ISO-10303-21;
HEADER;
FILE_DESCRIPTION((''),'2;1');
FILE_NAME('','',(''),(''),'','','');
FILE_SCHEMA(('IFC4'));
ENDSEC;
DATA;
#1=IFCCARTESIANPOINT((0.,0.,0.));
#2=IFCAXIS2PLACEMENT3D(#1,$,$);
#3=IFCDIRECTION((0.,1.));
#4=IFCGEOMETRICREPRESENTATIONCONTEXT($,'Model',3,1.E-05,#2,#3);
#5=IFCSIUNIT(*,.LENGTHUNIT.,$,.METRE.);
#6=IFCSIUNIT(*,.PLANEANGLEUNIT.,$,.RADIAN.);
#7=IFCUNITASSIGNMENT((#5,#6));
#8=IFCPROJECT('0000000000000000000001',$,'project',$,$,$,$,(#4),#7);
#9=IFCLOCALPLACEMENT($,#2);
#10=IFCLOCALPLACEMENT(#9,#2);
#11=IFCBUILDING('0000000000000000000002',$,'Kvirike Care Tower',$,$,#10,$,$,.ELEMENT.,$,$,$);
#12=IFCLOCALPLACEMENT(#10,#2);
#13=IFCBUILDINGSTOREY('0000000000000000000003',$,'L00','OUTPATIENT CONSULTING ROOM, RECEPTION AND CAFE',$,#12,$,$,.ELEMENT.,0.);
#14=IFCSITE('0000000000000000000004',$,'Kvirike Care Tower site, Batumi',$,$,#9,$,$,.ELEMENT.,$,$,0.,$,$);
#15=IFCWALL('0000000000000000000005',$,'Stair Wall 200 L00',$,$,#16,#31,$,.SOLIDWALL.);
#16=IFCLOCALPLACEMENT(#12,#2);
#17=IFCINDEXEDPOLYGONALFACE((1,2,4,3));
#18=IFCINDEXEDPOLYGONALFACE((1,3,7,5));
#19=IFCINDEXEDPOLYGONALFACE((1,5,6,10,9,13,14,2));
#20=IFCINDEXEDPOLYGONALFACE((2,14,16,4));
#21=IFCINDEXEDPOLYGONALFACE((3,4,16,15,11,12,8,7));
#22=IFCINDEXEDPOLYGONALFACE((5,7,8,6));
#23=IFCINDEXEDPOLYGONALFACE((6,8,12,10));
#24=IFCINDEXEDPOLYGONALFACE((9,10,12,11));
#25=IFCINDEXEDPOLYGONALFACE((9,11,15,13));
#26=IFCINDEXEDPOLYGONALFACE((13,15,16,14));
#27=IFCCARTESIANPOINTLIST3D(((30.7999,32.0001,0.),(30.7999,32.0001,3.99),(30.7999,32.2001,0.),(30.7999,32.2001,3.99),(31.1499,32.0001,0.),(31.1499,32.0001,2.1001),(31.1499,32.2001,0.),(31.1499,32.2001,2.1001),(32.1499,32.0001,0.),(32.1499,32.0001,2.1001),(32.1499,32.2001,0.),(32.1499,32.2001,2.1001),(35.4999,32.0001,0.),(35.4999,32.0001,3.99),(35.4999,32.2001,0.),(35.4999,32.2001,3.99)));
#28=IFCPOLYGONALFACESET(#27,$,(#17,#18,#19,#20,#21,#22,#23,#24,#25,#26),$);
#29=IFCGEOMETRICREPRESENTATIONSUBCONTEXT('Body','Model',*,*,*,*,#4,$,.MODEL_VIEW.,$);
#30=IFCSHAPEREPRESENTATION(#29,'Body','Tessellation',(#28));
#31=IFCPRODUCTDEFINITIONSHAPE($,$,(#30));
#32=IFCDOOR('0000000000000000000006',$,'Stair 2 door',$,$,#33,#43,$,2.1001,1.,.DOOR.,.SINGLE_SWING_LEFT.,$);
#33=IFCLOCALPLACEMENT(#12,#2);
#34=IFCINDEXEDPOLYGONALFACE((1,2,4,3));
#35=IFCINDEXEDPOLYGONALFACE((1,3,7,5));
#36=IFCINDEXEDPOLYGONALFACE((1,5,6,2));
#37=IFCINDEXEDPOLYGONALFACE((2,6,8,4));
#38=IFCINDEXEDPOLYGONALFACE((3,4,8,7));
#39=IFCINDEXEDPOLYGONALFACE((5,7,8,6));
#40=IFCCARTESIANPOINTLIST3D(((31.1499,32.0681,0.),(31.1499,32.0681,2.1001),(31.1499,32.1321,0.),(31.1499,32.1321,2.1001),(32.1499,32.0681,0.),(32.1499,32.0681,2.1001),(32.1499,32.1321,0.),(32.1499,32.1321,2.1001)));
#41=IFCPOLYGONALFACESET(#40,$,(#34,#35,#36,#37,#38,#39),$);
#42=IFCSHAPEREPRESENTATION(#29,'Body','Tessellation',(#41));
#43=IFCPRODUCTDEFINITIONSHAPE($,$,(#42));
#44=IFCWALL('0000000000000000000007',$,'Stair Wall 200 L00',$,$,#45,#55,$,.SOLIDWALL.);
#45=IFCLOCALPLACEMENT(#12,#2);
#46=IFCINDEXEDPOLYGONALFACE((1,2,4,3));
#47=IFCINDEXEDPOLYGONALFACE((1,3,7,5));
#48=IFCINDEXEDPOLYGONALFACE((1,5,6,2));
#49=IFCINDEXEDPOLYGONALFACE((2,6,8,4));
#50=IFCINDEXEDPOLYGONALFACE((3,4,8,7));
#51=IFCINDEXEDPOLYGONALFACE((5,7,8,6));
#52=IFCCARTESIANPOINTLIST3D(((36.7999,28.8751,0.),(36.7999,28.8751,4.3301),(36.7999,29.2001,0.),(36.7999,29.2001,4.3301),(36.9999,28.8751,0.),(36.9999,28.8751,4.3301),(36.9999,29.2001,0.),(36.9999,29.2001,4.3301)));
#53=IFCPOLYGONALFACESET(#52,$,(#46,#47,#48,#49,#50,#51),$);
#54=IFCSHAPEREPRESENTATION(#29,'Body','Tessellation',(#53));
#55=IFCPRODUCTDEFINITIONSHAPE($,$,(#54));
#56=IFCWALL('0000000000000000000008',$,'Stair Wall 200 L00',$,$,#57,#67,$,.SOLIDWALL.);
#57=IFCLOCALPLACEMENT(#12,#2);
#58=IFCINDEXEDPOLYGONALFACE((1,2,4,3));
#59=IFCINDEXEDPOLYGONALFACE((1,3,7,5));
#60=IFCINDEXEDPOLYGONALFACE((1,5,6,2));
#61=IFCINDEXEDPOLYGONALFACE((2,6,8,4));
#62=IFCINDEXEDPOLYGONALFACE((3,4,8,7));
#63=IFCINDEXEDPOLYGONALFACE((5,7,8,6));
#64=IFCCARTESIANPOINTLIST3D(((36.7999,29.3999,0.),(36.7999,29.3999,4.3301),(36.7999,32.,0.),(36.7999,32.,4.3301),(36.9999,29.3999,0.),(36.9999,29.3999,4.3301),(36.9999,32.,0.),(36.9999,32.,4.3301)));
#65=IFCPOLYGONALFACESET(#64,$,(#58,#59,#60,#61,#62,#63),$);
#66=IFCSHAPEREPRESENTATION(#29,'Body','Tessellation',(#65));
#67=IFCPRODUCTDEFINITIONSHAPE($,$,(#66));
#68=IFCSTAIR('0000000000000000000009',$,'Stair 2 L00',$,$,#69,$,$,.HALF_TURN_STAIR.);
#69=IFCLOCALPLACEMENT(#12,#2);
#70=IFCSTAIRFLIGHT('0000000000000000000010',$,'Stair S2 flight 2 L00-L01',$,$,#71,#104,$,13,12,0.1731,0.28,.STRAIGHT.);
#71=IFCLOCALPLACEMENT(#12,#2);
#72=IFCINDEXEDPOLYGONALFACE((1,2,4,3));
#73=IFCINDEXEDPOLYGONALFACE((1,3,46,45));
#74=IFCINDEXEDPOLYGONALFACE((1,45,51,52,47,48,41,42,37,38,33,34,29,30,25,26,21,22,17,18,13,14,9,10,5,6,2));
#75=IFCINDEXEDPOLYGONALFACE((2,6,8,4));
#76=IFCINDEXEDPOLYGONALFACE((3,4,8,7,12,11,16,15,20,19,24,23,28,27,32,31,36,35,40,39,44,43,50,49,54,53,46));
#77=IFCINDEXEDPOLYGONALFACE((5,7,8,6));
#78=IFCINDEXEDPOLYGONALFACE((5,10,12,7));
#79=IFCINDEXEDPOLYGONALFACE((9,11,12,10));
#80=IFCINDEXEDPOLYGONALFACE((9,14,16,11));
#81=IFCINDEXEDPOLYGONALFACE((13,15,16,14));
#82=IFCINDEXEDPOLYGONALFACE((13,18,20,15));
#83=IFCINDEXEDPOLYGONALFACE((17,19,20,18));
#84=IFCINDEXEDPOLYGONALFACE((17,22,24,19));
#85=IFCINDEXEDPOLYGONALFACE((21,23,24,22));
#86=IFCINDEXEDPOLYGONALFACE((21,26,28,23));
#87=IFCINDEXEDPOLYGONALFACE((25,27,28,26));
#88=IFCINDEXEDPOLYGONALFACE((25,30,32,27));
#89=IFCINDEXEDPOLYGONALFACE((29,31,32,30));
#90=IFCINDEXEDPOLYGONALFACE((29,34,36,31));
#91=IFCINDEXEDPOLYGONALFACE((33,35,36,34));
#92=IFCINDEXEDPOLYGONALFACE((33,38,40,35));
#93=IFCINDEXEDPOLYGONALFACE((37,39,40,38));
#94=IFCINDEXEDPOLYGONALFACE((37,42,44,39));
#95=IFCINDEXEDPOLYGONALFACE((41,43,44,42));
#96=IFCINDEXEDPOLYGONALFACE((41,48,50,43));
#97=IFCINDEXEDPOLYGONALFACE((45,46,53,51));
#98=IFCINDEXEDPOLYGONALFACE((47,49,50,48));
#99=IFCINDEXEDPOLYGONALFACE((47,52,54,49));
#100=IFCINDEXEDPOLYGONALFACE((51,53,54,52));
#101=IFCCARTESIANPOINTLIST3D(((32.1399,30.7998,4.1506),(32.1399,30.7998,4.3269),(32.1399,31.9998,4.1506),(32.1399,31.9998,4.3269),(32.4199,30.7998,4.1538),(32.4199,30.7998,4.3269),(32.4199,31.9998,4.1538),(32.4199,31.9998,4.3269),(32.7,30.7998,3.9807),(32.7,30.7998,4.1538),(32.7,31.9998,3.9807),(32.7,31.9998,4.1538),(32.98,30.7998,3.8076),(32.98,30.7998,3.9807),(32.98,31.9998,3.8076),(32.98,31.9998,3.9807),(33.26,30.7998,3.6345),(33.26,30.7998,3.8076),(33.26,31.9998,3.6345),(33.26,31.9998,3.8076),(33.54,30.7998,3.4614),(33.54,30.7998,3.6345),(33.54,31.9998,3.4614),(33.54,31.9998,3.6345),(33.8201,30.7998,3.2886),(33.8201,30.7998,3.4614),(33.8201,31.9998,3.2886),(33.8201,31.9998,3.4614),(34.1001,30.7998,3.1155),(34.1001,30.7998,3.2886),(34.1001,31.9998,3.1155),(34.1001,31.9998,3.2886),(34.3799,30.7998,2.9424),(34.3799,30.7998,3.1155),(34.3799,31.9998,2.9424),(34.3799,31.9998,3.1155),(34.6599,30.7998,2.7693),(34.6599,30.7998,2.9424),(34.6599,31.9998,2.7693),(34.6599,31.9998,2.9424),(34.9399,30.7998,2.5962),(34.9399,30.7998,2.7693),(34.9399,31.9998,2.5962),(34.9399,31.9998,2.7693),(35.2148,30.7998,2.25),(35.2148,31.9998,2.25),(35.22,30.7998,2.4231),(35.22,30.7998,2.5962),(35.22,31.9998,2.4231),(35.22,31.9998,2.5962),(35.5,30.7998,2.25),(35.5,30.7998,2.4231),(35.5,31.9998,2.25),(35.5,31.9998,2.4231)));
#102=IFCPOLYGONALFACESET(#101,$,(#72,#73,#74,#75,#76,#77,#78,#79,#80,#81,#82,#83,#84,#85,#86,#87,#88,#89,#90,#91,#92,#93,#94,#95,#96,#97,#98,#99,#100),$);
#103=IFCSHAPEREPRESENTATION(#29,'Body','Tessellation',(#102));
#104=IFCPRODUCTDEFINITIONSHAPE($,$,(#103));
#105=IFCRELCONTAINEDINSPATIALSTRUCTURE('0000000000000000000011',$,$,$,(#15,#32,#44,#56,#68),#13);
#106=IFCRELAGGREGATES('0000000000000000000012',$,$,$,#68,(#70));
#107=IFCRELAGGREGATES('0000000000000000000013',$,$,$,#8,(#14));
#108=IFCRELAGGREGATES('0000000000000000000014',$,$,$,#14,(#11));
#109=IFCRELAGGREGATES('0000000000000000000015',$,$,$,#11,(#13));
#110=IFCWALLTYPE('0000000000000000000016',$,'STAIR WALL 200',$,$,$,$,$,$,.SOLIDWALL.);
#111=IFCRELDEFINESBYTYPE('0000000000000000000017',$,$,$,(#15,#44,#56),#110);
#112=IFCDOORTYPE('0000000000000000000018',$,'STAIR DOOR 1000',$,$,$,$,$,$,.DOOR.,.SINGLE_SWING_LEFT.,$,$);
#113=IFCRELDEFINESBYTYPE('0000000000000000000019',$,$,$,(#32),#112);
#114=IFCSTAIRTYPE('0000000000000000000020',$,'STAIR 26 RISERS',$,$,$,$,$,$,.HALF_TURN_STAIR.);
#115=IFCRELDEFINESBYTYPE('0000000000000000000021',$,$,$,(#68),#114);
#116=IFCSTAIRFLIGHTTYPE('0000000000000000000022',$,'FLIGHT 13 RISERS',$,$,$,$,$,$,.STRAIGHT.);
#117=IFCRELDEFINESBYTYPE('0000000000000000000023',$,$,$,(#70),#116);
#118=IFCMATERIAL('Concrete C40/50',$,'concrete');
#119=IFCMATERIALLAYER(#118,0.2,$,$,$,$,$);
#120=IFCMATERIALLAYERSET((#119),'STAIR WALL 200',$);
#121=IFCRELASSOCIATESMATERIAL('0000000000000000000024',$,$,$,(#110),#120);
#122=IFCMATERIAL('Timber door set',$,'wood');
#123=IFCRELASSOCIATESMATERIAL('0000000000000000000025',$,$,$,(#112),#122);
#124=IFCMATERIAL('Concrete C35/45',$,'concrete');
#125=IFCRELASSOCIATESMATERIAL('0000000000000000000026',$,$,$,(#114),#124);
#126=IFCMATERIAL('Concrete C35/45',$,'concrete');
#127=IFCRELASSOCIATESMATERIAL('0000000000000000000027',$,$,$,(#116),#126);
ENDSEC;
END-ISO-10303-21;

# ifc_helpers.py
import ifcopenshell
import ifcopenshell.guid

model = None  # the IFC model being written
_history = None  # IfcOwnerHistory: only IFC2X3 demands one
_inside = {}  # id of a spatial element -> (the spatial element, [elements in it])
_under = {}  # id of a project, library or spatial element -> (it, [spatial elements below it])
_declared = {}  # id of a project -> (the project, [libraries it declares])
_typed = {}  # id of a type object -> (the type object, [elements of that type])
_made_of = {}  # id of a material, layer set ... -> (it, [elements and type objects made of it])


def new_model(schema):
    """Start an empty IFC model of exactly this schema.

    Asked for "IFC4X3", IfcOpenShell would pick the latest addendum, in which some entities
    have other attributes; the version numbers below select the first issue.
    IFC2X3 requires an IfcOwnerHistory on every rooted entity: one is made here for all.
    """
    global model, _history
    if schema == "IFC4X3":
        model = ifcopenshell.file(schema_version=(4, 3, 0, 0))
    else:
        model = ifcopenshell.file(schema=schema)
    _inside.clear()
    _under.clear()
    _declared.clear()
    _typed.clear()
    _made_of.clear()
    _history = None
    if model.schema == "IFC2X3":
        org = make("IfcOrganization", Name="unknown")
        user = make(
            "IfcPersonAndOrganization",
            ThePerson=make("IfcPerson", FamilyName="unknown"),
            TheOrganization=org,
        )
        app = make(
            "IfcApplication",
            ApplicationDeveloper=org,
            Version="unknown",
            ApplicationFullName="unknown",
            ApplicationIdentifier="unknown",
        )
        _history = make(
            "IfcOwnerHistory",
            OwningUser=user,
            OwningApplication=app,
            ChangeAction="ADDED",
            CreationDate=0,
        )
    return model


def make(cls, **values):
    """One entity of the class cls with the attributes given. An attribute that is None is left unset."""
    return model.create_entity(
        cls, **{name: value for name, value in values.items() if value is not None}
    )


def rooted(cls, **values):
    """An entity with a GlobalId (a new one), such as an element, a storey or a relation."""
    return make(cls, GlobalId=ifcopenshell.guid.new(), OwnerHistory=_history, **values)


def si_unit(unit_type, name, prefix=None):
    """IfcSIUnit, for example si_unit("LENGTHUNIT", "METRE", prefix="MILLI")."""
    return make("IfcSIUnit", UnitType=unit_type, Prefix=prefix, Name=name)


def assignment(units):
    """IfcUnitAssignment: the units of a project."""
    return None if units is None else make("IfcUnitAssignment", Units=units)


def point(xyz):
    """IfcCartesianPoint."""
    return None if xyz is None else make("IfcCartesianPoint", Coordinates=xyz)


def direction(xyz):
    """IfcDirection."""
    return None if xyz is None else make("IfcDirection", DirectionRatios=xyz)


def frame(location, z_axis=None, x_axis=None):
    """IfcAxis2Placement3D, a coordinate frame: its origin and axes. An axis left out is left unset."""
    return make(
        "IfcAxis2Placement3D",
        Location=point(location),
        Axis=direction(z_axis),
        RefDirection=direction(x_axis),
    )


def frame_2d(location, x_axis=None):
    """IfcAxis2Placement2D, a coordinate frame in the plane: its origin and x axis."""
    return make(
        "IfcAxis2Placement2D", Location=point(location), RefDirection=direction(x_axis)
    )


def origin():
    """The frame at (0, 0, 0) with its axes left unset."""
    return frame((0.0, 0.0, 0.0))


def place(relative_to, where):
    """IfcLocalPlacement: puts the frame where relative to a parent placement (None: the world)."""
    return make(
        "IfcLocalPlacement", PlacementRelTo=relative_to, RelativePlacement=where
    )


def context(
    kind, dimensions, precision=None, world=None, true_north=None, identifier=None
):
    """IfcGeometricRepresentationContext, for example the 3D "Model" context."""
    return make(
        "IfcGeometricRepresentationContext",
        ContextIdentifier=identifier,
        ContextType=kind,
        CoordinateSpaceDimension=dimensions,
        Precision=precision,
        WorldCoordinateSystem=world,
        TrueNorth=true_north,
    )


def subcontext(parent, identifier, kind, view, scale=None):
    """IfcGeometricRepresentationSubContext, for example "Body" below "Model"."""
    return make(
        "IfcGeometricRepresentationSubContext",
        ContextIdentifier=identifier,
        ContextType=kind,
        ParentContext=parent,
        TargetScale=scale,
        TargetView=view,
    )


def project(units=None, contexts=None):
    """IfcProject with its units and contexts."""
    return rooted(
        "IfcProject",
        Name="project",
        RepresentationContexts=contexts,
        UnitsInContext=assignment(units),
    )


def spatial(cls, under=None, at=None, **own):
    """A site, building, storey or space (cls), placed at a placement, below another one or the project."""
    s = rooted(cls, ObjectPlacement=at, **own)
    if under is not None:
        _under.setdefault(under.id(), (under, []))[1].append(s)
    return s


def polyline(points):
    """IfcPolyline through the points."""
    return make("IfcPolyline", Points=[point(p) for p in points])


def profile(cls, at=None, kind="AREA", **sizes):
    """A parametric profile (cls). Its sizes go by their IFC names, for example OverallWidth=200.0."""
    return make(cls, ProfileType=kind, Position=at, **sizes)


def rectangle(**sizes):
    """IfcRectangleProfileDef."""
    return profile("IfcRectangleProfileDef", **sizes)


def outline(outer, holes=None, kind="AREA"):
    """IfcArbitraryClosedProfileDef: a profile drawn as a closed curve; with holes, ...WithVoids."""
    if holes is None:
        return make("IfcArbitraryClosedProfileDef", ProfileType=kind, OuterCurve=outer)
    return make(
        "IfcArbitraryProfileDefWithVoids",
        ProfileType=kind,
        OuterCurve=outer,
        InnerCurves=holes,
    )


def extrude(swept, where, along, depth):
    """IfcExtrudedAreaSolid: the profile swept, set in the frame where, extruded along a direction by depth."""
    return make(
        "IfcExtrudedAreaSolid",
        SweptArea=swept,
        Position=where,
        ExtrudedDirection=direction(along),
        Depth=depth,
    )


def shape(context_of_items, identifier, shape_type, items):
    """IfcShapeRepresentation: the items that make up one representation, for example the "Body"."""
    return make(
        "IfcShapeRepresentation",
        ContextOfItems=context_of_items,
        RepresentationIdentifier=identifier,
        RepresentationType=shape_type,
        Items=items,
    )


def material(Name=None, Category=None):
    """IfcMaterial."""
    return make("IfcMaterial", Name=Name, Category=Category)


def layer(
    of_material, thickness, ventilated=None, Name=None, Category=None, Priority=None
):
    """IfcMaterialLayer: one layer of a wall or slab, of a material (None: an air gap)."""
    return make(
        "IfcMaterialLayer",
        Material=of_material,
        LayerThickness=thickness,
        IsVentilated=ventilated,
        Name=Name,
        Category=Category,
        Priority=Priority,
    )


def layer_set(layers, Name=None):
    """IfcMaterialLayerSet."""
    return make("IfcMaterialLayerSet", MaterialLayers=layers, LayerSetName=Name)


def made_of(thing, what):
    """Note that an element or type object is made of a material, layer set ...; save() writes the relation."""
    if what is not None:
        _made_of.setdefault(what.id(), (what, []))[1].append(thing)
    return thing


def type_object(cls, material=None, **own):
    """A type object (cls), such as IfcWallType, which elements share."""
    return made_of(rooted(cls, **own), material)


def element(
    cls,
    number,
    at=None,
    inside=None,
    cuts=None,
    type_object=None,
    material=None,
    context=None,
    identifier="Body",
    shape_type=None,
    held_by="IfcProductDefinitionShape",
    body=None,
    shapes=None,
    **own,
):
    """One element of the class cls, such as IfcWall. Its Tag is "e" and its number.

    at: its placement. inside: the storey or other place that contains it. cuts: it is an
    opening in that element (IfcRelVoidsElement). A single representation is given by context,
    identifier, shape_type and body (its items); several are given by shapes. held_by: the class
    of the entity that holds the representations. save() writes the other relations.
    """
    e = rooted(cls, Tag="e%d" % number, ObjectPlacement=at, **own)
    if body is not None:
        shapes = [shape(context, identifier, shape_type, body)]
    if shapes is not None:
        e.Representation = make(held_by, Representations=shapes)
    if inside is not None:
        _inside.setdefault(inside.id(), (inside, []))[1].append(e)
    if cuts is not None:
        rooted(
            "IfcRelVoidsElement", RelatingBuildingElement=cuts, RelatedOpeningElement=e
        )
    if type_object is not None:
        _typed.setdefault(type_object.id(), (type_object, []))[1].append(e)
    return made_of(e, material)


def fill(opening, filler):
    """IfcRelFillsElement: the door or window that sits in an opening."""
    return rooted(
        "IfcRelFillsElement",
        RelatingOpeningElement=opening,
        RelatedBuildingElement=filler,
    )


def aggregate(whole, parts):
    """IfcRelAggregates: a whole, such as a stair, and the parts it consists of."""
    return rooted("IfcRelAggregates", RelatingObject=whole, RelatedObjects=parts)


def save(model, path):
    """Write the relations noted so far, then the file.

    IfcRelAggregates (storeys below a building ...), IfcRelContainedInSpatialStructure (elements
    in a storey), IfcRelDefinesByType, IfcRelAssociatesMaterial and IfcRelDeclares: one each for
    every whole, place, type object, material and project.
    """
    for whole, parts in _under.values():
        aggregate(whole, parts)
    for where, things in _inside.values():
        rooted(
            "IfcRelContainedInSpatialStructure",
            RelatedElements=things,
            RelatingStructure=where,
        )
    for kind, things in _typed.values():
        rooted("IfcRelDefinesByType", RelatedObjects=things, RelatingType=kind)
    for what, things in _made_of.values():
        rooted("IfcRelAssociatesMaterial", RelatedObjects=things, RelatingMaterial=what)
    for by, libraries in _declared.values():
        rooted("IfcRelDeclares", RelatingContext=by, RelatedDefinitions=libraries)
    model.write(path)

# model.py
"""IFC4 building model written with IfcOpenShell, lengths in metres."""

from ifc_helpers import new_model, si_unit, direction, frame, frame_2d, origin, place, context, subcontext, project, spatial, polyline, rectangle, outline, extrude, material, layer, layer_set, type_object, element, fill, aggregate, save


model = new_model("IFC4")

# Units and contexts
model_context = context("Model", 3, precision=1e-05, world=origin(), true_north=direction((0.0, 1.0)))
body_context = subcontext(model_context, "Body", "Model", "MODEL_VIEW")
ifc_project = project(units=[si_unit("LENGTHUNIT", "METRE"), si_unit("PLANEANGLEUNIT", "RADIAN")], contexts=[model_context])

# Site, building, storey
site_placement = place(None, origin())
site = spatial("IfcSite", under=ifc_project, at=site_placement, Name="Kvirike Care Tower site, Batumi", CompositionType="ELEMENT", RefElevation=0.0)
building_placement = place(site_placement, origin())
building = spatial("IfcBuilding", under=site, at=building_placement, Name="Kvirike Care Tower", CompositionType="ELEMENT")
storey_placement = place(building_placement, origin())
storey = spatial("IfcBuildingStorey", under=building, at=storey_placement, Name="L00", Description="OUTPATIENT CONSULTING ROOM, RECEPTION AND CAFE", CompositionType="ELEMENT", Elevation=0.0)

# Shared definitions
ifc_material_1 = material(Name="Concrete C40/50", Category="concrete")
ifc_layer_1 = layer(ifc_material_1, 0.2)
ifc_layer_set_1 = layer_set([ifc_layer_1], Name="STAIR WALL 200")
wall_type_1 = type_object("IfcWallType", Name="STAIR WALL 200", PredefinedType="SOLIDWALL", material=ifc_layer_set_1)

# Wall, opening, door
wall_1_placement = place(storey_placement, frame((35.5, 32.1001, 0.0), z_axis=(0.0, 0.0, 1.0), x_axis=(-1.0, 0.0, 0.0)))
wall_1 = element("IfcWall", 1, at=wall_1_placement, inside=storey, type_object=wall_type_1, Name="Stair Wall 200 L00", PredefinedType="SOLIDWALL", context=body_context, shape_type="SweptSolid", body=[
    extrude(rectangle(XDim=4.7, YDim=0.2, at=frame_2d((2.3501, 0.0))), origin(), (0.0, 0.0, 1.0), 3.99),
])
opening_placement = place(wall_1_placement, frame((3.3501, 0.0, 0.0)))
opening = element("IfcOpeningElement", 2, at=opening_placement, cuts=wall_1, PredefinedType="OPENING", context=body_context, shape_type="SweptSolid", body=[
    extrude(rectangle(XDim=1.0, YDim=2.1001, at=frame_2d((0.5, 1.05))), frame((0.0, 0.1106, 0.0), z_axis=(0.0, -1.0, 0.0), x_axis=(1.0, 0.0, 0.0)), (0.0, 0.0, 1.0), 0.2209),
])
ifc_material_2 = material(Name="Timber door set", Category="wood")
door_type = type_object("IfcDoorType", Name="STAIR DOOR 1000", OperationType="SINGLE_SWING_LEFT", PredefinedType="DOOR", material=ifc_material_2)
door_placement = place(opening_placement, origin())
door = element("IfcDoor", 3, at=door_placement, inside=storey, type_object=door_type, Name="Stair 2 door", OperationType="SINGLE_SWING_LEFT", OverallHeight=2.1001, OverallWidth=1.0, PredefinedType="DOOR", context=body_context, shape_type="SweptSolid", body=[
    extrude(rectangle(XDim=1.0, YDim=2.1001, at=frame_2d((0.5, 1.05))), frame((0.0, 0.032, 0.0), z_axis=(0.0, -1.0, 0.0), x_axis=(1.0, 0.0, 0.0)), (0.0, 0.0, 1.0), 0.064),
])
fill(opening, door)

# Walls
wall_2_placement = place(storey_placement, frame((36.8999, 28.875, 0.0), z_axis=(0.0, 0.0, 1.0), x_axis=(0.0, 1.0, 0.0)))
element("IfcWall", 4, at=wall_2_placement, inside=storey, type_object=wall_type_1, Name="Stair Wall 200 L00", PredefinedType="SOLIDWALL", context=body_context, shape_type="SweptSolid", body=[
    extrude(rectangle(XDim=0.325, YDim=0.2, at=frame_2d((0.1626, 0.0))), origin(), (0.0, 0.0, 1.0), 4.3301),
])
wall_3_placement = place(storey_placement, frame((36.8999, 29.3999, 0.0), z_axis=(0.0, 0.0, 1.0), x_axis=(0.0, 1.0, 0.0)))
element("IfcWall", 5, at=wall_3_placement, inside=storey, type_object=wall_type_1, Name="Stair Wall 200 L00", PredefinedType="SOLIDWALL", context=body_context, shape_type="SweptSolid", body=[
    extrude(rectangle(XDim=2.6001, YDim=0.2, at=frame_2d((1.3, 0.0))), origin(), (0.0, 0.0, 1.0), 4.3301),
])

# Stair, stair flight
ifc_material_3 = material(Name="Concrete C35/45", Category="concrete")
stair_type = type_object("IfcStairType", Name="STAIR 26 RISERS", PredefinedType="HALF_TURN_STAIR", material=ifc_material_3)
stair_placement = place(storey_placement, origin())
stair = element("IfcStair", 6, at=stair_placement, inside=storey, type_object=stair_type, Name="Stair 2 L00", PredefinedType="HALF_TURN_STAIR")
ifc_material_4 = material(Name="Concrete C35/45", Category="concrete")
stair_flight_type = type_object("IfcStairFlightType", Name="FLIGHT 13 RISERS", PredefinedType="STRAIGHT", material=ifc_material_4)
stair_flight_placement = place(storey_placement, frame((35.5, 31.3999, 2.25), z_axis=(0.0, 0.0, 1.0), x_axis=(-1.0, 0.0, 0.0)))
stair_flight = element("IfcStairFlight", 7, at=stair_flight_placement, type_object=stair_flight_type, Name="Stair S2 flight 2 L00-L01", NumberOfRisers=13, NumberOfTreads=12, PredefinedType="STRAIGHT", RiserHeight=0.1731, TreadLength=0.28, context=body_context, shape_type="SweptSolid", body=[
    extrude(outline(polyline([(0.0, 0.0), (0.0, 0.1731), (0.28, 0.1731), (0.28, 0.3462), (0.5601, 0.3462), (0.5601, 0.5193), (0.8401, 0.5193), (0.8401, 0.6924), (1.1201, 0.6924), (1.1201, 0.8655), (1.3999, 0.8655), (1.3999, 1.0386), (1.6799, 1.0386), (1.6799, 1.2114), (1.96, 1.2114), (1.96, 1.3845), (2.24, 1.3845), (2.24, 1.5576), (2.52, 1.5576), (2.52, 1.7307), (2.8, 1.7307), (2.8, 1.9038), (3.0801, 1.9038), (3.0801, 2.0769), (3.3601, 2.0769), (3.3601, 2.25), (3.3601, 1.9006), (0.2852, 0.0), (0.0, 0.0)])), frame((0.0, 0.6001, 0.0), z_axis=(0.0, -1.0, 0.0), x_axis=(1.0, 0.0, 0.0)), (0.0, 0.0, 1.0), 1.2),
])
aggregate(stair, [stair_flight])

save(model, "model.ifc")
